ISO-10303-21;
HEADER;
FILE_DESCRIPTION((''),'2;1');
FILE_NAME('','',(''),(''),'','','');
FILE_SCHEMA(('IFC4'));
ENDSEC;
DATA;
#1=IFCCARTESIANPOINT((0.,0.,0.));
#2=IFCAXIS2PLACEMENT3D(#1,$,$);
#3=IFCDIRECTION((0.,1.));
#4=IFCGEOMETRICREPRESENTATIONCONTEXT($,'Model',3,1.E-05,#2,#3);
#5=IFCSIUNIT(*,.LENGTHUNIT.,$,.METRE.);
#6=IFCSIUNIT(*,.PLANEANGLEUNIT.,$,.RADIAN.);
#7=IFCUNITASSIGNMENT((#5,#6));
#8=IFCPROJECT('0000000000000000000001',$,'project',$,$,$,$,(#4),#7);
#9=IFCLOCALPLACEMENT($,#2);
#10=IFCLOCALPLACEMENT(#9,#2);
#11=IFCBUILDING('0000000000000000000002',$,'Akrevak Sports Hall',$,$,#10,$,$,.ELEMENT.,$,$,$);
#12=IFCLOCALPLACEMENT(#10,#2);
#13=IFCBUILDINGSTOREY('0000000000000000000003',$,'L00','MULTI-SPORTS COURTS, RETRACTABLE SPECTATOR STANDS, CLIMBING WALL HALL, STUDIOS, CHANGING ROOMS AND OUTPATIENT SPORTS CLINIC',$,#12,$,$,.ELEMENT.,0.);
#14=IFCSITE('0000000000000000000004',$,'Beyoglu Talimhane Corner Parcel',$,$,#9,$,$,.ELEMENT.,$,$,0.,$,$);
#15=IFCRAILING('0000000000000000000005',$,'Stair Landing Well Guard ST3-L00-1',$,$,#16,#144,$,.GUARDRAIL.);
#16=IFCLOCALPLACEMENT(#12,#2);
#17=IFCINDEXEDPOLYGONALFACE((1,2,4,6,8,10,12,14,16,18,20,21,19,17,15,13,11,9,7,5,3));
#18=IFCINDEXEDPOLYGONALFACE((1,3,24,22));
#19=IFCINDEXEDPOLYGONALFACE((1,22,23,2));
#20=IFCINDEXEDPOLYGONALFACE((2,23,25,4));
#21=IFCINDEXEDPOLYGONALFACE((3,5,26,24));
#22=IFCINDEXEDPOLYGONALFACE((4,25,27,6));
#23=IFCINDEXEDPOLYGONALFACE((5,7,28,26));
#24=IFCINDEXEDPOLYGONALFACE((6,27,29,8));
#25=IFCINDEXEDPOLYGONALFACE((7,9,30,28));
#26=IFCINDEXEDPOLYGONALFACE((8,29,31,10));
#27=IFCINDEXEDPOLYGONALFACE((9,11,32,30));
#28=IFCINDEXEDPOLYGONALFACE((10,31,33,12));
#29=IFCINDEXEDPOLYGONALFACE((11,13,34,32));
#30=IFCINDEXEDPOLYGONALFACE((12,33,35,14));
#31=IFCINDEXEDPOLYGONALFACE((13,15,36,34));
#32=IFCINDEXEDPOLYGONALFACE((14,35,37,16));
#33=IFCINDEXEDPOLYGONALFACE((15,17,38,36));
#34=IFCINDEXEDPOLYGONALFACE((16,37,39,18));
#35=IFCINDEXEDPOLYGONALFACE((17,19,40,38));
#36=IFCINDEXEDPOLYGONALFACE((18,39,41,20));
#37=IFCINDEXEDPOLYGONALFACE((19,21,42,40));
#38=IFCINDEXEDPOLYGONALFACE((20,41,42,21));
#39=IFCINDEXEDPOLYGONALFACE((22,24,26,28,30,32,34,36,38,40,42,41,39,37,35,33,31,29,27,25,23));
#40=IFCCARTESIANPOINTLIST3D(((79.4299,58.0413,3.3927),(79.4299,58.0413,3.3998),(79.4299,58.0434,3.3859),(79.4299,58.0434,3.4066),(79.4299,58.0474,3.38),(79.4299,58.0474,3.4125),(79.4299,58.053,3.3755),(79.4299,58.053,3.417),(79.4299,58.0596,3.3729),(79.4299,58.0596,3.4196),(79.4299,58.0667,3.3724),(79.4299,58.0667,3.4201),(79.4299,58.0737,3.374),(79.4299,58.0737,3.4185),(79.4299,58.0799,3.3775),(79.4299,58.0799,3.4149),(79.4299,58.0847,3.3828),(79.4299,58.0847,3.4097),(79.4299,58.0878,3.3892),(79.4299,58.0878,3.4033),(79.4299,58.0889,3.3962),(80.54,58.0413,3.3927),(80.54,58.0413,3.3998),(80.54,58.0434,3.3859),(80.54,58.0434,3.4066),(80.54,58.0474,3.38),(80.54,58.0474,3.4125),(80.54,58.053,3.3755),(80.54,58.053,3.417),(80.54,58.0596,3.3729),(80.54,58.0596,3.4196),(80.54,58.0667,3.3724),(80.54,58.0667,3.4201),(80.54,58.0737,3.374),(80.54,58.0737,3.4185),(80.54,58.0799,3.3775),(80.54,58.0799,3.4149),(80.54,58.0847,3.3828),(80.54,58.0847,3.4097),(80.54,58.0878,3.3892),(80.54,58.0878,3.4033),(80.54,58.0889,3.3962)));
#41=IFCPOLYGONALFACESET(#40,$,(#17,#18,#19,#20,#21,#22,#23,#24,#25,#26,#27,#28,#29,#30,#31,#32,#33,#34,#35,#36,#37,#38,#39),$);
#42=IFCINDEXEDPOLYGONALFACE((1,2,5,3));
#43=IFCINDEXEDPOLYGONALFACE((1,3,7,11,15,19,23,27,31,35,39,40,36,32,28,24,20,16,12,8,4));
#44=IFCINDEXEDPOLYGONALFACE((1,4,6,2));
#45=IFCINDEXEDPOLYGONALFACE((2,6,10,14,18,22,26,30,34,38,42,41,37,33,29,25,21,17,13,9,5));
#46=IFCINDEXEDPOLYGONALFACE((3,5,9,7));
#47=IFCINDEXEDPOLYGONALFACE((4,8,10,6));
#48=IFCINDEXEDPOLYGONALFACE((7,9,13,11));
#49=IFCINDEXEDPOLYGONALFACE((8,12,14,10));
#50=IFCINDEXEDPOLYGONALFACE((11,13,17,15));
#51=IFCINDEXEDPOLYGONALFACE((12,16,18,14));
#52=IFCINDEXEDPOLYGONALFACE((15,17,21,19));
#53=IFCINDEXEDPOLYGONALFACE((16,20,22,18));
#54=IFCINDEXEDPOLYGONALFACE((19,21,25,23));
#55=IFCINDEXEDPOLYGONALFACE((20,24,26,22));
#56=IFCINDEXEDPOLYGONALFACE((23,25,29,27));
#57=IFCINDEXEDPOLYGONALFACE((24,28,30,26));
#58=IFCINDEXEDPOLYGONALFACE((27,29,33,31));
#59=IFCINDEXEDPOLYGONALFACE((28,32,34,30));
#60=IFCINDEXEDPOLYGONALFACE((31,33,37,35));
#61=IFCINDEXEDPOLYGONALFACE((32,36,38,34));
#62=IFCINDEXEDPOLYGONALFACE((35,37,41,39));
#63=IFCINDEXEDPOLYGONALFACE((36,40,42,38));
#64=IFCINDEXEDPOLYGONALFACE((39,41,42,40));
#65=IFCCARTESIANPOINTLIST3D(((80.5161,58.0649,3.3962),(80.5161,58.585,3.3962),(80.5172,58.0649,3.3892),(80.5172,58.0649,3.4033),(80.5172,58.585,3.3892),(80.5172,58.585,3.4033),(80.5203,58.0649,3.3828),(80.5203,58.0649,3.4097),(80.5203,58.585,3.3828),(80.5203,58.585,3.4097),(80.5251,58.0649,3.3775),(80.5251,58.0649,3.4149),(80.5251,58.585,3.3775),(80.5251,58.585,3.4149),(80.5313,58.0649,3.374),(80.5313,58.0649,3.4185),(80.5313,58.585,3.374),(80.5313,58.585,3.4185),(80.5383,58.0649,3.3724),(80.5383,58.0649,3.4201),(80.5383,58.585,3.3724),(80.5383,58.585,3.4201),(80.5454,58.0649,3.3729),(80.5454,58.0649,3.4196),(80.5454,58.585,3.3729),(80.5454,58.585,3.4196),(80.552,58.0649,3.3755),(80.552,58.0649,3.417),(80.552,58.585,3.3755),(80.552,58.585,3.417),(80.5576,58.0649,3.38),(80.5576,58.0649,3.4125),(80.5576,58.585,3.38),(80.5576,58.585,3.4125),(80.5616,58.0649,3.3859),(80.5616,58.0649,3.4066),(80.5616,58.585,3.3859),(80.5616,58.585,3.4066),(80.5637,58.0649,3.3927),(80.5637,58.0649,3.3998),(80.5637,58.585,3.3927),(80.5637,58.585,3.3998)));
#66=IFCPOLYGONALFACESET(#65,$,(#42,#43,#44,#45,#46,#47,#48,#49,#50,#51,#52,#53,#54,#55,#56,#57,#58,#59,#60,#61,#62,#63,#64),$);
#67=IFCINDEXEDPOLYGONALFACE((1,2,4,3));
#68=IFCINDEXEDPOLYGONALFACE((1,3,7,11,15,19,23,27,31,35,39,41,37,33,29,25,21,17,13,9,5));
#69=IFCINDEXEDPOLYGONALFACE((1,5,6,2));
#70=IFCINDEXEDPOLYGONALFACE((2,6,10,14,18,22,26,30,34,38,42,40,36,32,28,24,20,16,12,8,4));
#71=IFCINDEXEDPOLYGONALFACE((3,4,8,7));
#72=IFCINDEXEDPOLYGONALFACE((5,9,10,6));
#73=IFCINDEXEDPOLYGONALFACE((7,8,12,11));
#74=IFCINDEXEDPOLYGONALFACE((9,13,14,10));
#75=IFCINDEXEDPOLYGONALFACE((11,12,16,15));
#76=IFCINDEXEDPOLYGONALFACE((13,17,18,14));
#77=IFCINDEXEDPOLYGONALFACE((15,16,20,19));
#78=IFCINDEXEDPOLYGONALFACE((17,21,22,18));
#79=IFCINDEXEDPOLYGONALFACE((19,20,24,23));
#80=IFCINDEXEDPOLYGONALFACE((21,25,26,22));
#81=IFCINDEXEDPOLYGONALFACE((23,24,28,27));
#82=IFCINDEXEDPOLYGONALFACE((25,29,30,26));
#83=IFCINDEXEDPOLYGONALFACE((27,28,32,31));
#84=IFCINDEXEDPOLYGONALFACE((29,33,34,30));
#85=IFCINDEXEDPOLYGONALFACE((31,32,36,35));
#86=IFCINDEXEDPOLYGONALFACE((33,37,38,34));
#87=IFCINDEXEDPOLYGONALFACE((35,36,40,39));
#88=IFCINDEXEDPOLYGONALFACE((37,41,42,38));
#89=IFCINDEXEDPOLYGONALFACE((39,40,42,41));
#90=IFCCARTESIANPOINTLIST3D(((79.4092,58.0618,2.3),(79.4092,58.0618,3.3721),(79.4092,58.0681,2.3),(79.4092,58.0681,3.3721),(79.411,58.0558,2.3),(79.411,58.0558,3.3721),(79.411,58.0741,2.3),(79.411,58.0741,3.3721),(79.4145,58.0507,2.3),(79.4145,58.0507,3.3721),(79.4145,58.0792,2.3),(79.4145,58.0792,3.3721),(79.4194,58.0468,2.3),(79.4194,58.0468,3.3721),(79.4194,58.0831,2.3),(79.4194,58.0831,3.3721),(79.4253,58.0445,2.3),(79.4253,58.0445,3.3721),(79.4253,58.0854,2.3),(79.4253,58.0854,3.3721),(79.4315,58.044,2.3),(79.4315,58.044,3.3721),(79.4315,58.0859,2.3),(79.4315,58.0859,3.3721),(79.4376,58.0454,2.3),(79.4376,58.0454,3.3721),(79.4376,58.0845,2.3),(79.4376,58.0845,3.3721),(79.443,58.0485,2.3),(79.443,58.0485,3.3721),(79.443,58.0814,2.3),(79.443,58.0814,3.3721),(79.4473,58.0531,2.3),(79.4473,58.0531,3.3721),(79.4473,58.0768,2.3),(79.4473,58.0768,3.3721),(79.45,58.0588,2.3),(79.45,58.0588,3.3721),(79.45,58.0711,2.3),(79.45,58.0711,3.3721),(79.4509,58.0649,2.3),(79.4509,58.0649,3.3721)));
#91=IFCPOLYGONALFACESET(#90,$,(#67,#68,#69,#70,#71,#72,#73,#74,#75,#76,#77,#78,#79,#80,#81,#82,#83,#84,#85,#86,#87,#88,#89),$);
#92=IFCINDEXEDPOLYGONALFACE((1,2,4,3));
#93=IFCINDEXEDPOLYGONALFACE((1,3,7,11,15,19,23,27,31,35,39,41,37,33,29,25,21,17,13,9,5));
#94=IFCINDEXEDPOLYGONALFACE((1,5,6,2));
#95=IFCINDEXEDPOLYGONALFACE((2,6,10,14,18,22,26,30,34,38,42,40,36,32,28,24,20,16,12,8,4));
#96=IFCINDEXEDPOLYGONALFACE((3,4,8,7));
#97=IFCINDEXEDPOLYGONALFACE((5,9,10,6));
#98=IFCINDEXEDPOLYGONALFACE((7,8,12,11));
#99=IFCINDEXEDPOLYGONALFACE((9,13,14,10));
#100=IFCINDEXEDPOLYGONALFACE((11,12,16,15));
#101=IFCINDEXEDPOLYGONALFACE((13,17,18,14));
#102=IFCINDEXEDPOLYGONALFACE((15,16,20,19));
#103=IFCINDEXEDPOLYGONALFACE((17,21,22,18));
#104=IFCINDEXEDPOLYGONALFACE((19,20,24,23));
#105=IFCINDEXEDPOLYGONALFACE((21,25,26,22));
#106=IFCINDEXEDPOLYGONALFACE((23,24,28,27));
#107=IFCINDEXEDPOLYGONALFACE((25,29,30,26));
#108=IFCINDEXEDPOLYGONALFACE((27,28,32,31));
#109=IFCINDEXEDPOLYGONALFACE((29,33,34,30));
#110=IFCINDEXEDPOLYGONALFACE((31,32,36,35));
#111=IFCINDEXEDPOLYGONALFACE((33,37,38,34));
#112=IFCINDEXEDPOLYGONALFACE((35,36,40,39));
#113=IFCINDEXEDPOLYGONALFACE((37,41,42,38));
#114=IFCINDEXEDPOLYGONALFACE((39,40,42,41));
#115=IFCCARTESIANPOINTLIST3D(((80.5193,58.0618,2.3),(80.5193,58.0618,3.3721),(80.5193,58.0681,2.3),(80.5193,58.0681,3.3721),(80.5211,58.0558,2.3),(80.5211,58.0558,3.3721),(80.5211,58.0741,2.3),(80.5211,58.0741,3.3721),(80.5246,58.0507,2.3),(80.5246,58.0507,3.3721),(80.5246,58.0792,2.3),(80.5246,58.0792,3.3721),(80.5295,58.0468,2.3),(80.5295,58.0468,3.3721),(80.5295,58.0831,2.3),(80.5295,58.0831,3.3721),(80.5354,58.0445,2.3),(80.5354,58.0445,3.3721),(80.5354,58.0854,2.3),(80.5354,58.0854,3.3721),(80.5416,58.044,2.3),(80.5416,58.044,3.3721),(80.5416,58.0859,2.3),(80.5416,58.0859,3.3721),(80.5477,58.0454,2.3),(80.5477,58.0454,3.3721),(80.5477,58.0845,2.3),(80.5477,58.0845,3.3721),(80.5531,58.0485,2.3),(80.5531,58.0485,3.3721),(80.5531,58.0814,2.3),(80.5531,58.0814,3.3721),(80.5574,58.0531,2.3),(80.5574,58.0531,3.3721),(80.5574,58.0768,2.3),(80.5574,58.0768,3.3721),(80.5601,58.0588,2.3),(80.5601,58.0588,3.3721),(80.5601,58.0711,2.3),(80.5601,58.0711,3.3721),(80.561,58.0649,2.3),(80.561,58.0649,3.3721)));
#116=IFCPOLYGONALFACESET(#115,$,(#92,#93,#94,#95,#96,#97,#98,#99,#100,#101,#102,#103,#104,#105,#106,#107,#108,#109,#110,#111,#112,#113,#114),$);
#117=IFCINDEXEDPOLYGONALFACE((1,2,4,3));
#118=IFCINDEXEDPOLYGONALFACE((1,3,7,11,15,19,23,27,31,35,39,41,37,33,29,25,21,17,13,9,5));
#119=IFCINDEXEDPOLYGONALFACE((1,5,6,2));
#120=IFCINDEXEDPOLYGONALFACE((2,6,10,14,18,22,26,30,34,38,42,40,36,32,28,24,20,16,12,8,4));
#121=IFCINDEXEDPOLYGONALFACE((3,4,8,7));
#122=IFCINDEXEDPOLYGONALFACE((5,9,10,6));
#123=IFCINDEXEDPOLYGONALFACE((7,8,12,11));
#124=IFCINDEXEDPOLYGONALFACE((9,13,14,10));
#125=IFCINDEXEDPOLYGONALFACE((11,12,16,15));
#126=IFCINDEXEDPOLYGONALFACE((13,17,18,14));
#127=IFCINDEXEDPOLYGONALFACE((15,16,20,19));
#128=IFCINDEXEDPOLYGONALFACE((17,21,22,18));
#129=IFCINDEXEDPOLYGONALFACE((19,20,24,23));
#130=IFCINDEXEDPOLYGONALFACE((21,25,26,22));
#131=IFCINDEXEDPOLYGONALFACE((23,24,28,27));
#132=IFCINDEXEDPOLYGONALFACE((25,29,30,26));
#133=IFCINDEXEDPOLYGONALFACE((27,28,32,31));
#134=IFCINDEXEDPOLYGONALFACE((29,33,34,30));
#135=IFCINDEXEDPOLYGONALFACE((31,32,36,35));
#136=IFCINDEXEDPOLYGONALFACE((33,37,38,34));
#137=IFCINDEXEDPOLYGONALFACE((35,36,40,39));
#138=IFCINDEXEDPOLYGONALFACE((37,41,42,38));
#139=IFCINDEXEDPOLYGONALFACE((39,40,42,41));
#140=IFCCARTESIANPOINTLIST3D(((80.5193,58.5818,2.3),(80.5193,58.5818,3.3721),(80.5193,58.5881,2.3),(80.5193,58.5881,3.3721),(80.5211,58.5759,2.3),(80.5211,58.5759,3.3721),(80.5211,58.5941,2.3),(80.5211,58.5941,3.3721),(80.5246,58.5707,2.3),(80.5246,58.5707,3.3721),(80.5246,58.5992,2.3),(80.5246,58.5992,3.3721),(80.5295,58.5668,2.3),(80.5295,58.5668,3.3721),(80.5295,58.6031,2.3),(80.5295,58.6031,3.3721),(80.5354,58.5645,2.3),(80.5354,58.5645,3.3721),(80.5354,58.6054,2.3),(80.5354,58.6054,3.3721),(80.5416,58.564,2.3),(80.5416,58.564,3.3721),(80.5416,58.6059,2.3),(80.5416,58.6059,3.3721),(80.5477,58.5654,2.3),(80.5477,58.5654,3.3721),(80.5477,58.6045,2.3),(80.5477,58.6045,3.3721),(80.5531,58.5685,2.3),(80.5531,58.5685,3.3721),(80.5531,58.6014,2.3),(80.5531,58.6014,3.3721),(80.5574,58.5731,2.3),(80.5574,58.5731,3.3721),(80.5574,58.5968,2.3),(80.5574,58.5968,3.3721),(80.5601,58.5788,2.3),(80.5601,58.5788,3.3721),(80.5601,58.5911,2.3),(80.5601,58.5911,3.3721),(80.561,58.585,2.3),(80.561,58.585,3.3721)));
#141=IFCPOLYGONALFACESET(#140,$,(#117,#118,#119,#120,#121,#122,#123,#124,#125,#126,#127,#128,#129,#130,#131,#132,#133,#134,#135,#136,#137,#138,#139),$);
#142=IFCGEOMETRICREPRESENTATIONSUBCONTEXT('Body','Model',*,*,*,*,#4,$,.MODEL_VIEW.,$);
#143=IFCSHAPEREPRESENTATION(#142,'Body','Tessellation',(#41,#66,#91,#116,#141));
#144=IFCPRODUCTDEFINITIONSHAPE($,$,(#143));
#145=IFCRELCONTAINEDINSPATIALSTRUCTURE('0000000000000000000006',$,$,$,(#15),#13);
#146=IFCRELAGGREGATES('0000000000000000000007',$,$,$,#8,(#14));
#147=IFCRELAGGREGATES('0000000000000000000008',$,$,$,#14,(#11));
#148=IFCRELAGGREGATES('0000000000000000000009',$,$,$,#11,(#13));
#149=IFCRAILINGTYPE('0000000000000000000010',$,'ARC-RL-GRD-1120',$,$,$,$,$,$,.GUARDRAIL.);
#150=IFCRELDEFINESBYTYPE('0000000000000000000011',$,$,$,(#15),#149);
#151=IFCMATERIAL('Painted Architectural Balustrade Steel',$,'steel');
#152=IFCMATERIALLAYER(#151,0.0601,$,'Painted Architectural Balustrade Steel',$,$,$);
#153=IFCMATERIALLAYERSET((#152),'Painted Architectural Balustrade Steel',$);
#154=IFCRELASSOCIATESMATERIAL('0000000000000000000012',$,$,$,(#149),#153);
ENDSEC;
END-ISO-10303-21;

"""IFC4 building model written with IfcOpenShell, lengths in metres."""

from ifc_helpers import new_model, si_unit, direction, frame, origin, origin_2d, place, context, subcontext, project, spatial, circle, extrude, material, layer, layer_set, type_object, element, save


model = new_model("IFC4")

# Units and contexts
model_context = context("Model", 3, precision=1e-05, world=origin(), true_north=direction((0.0, 1.0)))
body_context = subcontext(model_context, "Body", "Model", "MODEL_VIEW")
ifc_project = project(units=[si_unit("LENGTHUNIT", "METRE"), si_unit("PLANEANGLEUNIT", "RADIAN")], contexts=[model_context])

# Site, building, storey
site_placement = place(None, origin())
site = spatial("IfcSite", under=ifc_project, at=site_placement, Name="Beyoglu Talimhane Corner Parcel", CompositionType="ELEMENT", RefElevation=0.0)
building_placement = place(site_placement, origin())
building = spatial("IfcBuilding", under=site, at=building_placement, Name="Akrevak Sports Hall", CompositionType="ELEMENT")
storey_placement = place(building_placement, origin())
storey = spatial("IfcBuildingStorey", under=building, at=storey_placement, Name="L00", Description="MULTI-SPORTS COURTS, RETRACTABLE SPECTATOR STANDS, CLIMBING WALL HALL, STUDIOS, CHANGING ROOMS AND OUTPATIENT SPORTS CLINIC", CompositionType="ELEMENT", Elevation=0.0)

# Railing
ifc_material_1 = material(Name="Painted Architectural Balustrade Steel", Category="steel")
ifc_layer_1 = layer(ifc_material_1, 0.0601, Name="Painted Architectural Balustrade Steel")
ifc_layer_set_1 = layer_set([ifc_layer_1], Name="Painted Architectural Balustrade Steel")
railing_type_1 = type_object("IfcRailingType", Name="ARC-RL-GRD-1120", PredefinedType="GUARDRAIL", material=ifc_layer_set_1)
railing_1_placement = place(storey_placement, frame((79.4299, 58.0649, 2.3)))
element("IfcRailing", 1, at=railing_1_placement, inside=storey, type_object=railing_type_1, Name="Stair Landing Well Guard ST3-L00-1", PredefinedType="GUARDRAIL", context=body_context, shape_type="SweptSolid", body=[
    extrude(circle(Radius=0.0239, at=origin_2d()), frame((0.0, 0.0, 1.0962), z_axis=(1.0, 0.0, 0.0), x_axis=(0.0, 1.0, 0.0)), (0.0, 0.0, 1.0), 1.1101),
    extrude(circle(Radius=0.0239, at=origin_2d()), frame((1.1101, 0.0, 1.0962), z_axis=(0.0, 1.0, 0.0), x_axis=(-1.0, 0.0, 0.0)), (0.0, 0.0, 1.0), 0.52),
    extrude(circle(Radius=0.021, at=origin_2d()), origin(), (0.0, 0.0, 1.0), 1.072),
    extrude(circle(Radius=0.021, at=origin_2d()), frame((1.1101, 0.0, 0.0)), (0.0, 0.0, 1.0), 1.072),
    extrude(circle(Radius=0.021, at=origin_2d()), frame((1.1101, 0.52, 0.0)), (0.0, 0.0, 1.0), 1.072),
])

save(model, "model.ifc")
